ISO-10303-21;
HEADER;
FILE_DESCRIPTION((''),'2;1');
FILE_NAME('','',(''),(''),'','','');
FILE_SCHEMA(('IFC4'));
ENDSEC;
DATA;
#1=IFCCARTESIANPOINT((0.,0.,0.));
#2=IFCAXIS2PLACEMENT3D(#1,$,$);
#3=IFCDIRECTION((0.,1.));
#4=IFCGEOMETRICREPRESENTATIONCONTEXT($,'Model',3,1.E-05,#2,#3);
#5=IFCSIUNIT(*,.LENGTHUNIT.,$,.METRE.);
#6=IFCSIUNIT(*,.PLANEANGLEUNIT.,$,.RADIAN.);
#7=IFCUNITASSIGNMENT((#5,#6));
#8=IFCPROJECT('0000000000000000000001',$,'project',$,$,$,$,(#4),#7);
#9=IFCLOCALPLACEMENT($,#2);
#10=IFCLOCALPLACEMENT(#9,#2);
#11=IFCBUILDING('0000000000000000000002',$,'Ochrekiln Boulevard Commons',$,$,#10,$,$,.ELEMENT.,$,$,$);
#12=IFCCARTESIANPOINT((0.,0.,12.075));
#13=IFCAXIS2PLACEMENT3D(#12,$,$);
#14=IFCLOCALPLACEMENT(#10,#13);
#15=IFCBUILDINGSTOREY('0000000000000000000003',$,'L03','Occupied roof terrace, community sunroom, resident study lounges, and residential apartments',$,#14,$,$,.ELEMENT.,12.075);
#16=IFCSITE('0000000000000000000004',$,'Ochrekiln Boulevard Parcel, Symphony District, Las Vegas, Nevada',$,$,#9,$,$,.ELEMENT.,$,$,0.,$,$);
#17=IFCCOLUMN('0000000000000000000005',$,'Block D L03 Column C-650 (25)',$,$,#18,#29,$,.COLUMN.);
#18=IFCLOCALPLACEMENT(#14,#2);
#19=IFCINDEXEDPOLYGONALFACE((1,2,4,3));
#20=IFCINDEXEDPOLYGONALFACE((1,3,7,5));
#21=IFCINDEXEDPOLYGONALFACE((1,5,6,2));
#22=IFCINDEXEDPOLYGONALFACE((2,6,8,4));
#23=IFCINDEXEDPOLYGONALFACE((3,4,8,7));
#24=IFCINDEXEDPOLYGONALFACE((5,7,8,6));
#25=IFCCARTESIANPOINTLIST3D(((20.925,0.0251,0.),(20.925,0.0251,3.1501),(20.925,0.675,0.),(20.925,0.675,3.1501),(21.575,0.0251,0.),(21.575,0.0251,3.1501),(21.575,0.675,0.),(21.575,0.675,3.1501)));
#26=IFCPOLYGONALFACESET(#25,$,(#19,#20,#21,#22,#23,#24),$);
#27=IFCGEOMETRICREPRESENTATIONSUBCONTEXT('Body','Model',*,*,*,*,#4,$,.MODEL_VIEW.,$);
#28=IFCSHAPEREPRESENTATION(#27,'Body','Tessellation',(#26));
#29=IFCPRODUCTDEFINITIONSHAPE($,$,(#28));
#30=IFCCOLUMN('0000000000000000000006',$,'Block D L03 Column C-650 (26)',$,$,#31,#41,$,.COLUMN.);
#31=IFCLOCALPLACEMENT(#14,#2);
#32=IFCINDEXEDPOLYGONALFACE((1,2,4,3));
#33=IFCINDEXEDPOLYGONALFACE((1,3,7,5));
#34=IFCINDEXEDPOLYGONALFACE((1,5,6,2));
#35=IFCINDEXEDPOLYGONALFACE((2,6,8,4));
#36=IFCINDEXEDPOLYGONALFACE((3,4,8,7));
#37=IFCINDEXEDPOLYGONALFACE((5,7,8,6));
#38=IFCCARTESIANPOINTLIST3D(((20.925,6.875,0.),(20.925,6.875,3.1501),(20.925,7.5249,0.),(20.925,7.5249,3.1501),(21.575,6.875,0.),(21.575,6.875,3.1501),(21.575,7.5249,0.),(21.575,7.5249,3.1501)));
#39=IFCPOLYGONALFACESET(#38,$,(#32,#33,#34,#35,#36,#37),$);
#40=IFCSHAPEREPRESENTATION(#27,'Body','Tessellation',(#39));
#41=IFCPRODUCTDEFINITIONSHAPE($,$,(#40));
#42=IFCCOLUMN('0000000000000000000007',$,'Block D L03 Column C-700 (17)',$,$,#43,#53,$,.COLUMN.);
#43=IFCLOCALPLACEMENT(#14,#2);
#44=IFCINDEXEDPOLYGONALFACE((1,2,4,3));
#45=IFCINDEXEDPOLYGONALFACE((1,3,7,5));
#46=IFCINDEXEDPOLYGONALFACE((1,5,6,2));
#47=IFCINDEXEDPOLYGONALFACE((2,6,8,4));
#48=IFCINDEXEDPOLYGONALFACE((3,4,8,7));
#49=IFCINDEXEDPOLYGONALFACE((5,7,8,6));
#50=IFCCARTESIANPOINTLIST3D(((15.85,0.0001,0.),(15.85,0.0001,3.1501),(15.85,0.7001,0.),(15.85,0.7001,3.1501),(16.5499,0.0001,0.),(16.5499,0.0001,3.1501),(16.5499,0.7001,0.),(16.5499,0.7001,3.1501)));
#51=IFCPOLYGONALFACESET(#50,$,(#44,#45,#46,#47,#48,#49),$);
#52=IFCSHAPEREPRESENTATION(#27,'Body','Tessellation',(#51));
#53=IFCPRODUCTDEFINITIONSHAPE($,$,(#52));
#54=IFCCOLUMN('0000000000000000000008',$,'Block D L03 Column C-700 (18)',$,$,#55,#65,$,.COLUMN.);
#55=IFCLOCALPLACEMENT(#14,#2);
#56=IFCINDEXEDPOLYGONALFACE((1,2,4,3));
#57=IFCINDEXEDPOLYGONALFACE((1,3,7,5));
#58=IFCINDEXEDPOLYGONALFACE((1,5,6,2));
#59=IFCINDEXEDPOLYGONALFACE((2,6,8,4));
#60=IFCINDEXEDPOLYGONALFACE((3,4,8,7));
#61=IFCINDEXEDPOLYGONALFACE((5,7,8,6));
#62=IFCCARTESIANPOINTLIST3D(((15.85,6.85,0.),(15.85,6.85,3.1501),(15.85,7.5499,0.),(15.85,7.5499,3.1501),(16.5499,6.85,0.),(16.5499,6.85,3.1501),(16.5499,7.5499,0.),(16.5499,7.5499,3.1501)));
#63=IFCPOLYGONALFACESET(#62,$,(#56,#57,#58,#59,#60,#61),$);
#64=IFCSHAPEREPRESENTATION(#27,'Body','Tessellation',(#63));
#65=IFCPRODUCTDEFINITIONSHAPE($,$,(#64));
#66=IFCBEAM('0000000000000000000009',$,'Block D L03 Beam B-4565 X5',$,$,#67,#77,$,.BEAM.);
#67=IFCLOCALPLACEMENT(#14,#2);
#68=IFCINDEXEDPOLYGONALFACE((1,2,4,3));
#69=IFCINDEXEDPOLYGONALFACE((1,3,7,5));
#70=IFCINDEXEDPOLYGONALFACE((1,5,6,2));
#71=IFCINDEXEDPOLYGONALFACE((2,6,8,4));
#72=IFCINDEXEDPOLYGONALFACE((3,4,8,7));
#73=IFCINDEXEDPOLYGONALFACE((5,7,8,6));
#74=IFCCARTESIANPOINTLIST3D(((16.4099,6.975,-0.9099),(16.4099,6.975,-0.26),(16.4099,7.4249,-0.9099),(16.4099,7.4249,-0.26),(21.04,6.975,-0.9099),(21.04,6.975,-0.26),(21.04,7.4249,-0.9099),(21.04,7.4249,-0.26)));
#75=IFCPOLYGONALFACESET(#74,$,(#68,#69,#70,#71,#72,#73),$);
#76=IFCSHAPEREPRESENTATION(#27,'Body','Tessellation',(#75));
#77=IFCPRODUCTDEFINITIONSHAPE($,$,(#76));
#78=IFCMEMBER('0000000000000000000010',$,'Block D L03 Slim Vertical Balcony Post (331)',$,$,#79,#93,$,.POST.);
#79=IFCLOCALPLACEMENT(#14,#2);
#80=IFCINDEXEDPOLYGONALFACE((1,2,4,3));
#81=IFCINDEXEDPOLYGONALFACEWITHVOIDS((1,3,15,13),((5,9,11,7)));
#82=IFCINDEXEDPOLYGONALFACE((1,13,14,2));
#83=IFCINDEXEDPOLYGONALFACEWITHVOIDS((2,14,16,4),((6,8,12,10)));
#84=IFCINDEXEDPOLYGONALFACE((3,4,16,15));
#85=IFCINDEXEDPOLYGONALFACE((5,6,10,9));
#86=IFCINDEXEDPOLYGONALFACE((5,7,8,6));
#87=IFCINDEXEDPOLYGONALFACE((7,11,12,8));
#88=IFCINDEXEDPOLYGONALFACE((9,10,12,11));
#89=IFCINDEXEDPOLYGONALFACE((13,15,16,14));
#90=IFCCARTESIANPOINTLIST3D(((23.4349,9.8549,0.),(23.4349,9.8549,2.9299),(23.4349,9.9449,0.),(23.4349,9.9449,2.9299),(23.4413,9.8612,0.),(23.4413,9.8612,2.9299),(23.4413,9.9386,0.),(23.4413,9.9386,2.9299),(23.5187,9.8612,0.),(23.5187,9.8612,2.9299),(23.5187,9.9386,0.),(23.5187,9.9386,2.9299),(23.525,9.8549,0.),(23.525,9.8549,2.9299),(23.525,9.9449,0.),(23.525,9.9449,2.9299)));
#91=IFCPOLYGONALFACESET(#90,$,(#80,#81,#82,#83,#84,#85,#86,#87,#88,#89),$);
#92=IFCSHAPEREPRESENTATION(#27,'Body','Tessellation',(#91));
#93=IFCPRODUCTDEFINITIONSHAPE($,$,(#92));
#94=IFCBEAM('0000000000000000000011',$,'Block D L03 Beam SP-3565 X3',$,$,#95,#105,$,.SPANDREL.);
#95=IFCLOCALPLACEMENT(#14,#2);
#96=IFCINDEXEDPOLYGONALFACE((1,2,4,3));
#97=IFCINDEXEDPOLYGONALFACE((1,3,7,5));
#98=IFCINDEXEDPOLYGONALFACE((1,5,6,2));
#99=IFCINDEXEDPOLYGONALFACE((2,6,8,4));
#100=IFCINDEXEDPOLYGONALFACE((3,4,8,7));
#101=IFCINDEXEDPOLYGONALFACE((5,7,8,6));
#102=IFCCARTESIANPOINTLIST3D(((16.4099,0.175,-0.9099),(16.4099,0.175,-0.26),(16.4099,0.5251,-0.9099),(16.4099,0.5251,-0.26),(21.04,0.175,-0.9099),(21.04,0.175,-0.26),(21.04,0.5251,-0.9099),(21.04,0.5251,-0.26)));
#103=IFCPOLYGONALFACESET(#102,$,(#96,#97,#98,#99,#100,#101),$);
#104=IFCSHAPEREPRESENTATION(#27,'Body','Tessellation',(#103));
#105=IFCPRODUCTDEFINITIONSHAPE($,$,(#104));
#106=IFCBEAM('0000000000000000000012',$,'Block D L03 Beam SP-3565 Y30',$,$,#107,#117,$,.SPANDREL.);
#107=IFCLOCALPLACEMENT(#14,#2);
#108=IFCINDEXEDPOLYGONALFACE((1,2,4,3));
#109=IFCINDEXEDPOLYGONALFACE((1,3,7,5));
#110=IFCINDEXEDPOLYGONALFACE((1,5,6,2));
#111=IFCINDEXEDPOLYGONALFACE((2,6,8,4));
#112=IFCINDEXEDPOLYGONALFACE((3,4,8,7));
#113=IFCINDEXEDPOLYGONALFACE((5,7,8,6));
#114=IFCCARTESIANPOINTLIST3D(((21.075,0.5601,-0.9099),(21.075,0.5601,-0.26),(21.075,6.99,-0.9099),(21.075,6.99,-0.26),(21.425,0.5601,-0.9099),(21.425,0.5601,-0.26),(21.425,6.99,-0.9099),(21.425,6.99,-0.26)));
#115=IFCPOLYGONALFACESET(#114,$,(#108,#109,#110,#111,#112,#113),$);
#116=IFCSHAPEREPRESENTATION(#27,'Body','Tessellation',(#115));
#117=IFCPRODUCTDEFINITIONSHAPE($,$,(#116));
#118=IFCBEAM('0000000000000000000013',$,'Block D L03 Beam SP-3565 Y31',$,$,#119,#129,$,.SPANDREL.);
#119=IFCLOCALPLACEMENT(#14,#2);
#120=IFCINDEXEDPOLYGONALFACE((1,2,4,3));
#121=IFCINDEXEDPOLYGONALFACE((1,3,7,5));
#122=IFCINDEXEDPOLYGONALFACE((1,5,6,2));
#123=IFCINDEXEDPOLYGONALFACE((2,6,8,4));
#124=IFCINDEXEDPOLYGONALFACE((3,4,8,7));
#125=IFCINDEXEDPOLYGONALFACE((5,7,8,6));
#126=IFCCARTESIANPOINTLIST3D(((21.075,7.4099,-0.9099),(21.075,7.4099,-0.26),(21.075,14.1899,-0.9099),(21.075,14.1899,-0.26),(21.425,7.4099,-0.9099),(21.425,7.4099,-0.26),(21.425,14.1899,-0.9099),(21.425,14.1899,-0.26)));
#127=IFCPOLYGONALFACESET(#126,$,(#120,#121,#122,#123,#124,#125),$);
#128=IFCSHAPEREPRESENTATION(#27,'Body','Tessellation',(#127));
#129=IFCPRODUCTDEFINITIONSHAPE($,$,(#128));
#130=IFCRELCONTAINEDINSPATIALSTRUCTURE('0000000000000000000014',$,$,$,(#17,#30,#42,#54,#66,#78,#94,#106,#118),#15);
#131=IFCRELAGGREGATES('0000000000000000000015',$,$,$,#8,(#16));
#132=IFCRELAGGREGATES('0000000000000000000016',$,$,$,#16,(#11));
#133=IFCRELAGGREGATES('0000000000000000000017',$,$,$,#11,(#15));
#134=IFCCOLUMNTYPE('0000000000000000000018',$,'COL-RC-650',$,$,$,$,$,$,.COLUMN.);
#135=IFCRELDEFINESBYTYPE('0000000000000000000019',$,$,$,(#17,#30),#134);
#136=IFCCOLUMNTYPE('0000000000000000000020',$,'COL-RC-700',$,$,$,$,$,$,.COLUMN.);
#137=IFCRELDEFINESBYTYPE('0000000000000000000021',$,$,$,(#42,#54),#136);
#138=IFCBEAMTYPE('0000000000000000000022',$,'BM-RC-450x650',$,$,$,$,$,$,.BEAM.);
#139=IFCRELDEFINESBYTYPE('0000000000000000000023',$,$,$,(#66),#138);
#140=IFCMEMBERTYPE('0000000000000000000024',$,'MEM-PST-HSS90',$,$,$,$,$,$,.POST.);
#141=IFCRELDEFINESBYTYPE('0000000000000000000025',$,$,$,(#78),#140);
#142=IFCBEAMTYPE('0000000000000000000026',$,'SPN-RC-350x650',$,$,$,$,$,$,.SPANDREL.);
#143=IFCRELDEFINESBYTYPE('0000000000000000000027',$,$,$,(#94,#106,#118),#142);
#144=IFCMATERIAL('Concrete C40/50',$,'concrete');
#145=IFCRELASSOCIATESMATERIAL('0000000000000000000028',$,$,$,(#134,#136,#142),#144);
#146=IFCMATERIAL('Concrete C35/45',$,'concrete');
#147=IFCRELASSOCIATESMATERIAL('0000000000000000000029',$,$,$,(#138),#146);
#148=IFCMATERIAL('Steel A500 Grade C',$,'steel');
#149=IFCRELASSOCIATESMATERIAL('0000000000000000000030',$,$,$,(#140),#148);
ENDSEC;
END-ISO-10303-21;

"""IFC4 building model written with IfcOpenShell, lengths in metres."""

from ifc_helpers import new_model, si_unit, direction, frame, origin, origin_2d, place, context, subcontext, project, spatial, rectangle, hollow_rectangle, extrude, material, material_profile, profile_set, type_object, element, save


model = new_model("IFC4")

# Units and contexts
model_context = context("Model", 3, precision=1e-05, world=origin(), true_north=direction((0.0, 1.0)))
body_context = subcontext(model_context, "Body", "Model", "MODEL_VIEW")
ifc_project = project(units=[si_unit("LENGTHUNIT", "METRE"), si_unit("PLANEANGLEUNIT", "RADIAN")], contexts=[model_context])

# Site, building, storey
site_placement = place(None, origin())
site = spatial("IfcSite", under=ifc_project, at=site_placement, Name="Ochrekiln Boulevard Parcel, Symphony District, Las Vegas, Nevada", CompositionType="ELEMENT", RefElevation=0.0)
building_placement = place(site_placement, origin())
building = spatial("IfcBuilding", under=site, at=building_placement, Name="Ochrekiln Boulevard Commons", CompositionType="ELEMENT")
storey_placement = place(building_placement, frame((0.0, 0.0, 12.075)))
storey = spatial("IfcBuildingStorey", under=building, at=storey_placement, Name="L03", Description="Occupied roof terrace, community sunroom, resident study lounges, and residential apartments", CompositionType="ELEMENT", Elevation=12.075)

# Columns
ifc_material_1 = material(Name="Concrete C40/50", Category="concrete")
ifc_material_profile_1 = material_profile(ifc_material_1, rectangle(XDim=0.6499, YDim=0.6499, at=origin_2d()), Name="RC-COL-650x650")
ifc_profile_set_1 = profile_set([ifc_material_profile_1], Name="Concrete C40/50")
column_type_1 = type_object("IfcColumnType", Name="COL-RC-650", PredefinedType="COLUMN", material=ifc_profile_set_1)
for number, where, z_axis, x_axis, name in (
    (1, (21.25, 0.3501, 0.0), (0.0, 0.0, 1.0), (1.0, 0.0, 0.0), "Block D L03 Column C-650 (25)"),
    (2, (21.25, 7.2, 0.0), (0.0, 0.0, 1.0), (1.0, 0.0, 0.0), "Block D L03 Column C-650 (26)"),
):
    element("IfcColumn", number, at=place(storey_placement, frame(where, z_axis=z_axis, x_axis=x_axis)), inside=storey, type_object=column_type_1, Name=name, PredefinedType="COLUMN", context=body_context, shape_type="SweptSolid", body=[
        extrude(rectangle(XDim=0.6499, YDim=0.6499, at=origin_2d()), origin(), (0.0, 0.0, 1.0), 3.1501),
    ])
ifc_material_profile_2 = material_profile(ifc_material_1, rectangle(XDim=0.7, YDim=0.7, at=origin_2d()), Name="RC-COL-700x700")
ifc_profile_set_2 = profile_set([ifc_material_profile_2], Name="Concrete C40/50")
column_type_2 = type_object("IfcColumnType", Name="COL-RC-700", PredefinedType="COLUMN", material=ifc_profile_set_2)
for number, where, z_axis, x_axis, name in (
    (3, (16.2, 0.3501, 0.0), (0.0, 0.0, 1.0), (1.0, 0.0, 0.0), "Block D L03 Column C-700 (17)"),
    (4, (16.2, 7.2, 0.0), (0.0, 0.0, 1.0), (1.0, 0.0, 0.0), "Block D L03 Column C-700 (18)"),
):
    element("IfcColumn", number, at=place(storey_placement, frame(where, z_axis=z_axis, x_axis=x_axis)), inside=storey, type_object=column_type_2, Name=name, PredefinedType="COLUMN", context=body_context, shape_type="SweptSolid", body=[
        extrude(rectangle(XDim=0.7, YDim=0.7, at=origin_2d()), origin(), (0.0, 0.0, 1.0), 3.1501),
    ])

# Beam
ifc_material_2 = material(Name="Concrete C35/45", Category="concrete")
ifc_material_profile_3 = material_profile(ifc_material_2, rectangle(XDim=0.45, YDim=0.6499, at=origin_2d()), Name="RC-BM-450x650")
ifc_profile_set_3 = profile_set([ifc_material_profile_3], Name="Concrete C35/45")
beam_type_1 = type_object("IfcBeamType", Name="BM-RC-450x650", PredefinedType="BEAM", material=ifc_profile_set_3)
beam_1_placement = place(storey_placement, frame((16.4099, 7.2, -0.585), z_axis=(1.0, 0.0, 0.0), x_axis=(0.0, 1.0, 0.0)))
element("IfcBeam", 5, at=beam_1_placement, inside=storey, type_object=beam_type_1, Name="Block D L03 Beam B-4565 X5", PredefinedType="BEAM", context=body_context, shape_type="SweptSolid", body=[
    extrude(rectangle(XDim=0.45, YDim=0.6499, at=origin_2d()), origin(), (0.0, 0.0, 1.0), 4.6301),
])

# Member
ifc_material_3 = material(Name="Steel A500 Grade C", Category="steel")
ifc_material_profile_4 = material_profile(ifc_material_3, hollow_rectangle(XDim=0.0901, YDim=0.0901, WallThickness=0.0063, at=origin_2d()), Name="HSS90X90X6.4")
ifc_profile_set_4 = profile_set([ifc_material_profile_4], Name="Steel A500 Grade C")
member_type = type_object("IfcMemberType", Name="MEM-PST-HSS90", PredefinedType="POST", material=ifc_profile_set_4)
member_placement = place(storey_placement, frame((23.48, 9.8999, 0.0), z_axis=(0.0, 0.0, 1.0), x_axis=(1.0, 0.0, 0.0)))
element("IfcMember", 6, at=member_placement, inside=storey, type_object=member_type, Name="Block D L03 Slim Vertical Balcony Post (331)", PredefinedType="POST", context=body_context, shape_type="SweptSolid", body=[
    extrude(hollow_rectangle(XDim=0.0901, YDim=0.0901, WallThickness=0.0063, at=origin_2d()), origin(), (0.0, 0.0, 1.0), 2.9299),
])

# Beams
ifc_material_profile_5 = material_profile(ifc_material_1, rectangle(XDim=0.3501, YDim=0.6499, at=origin_2d()), Name="RC-SPN-350x650")
ifc_profile_set_5 = profile_set([ifc_material_profile_5], Name="Concrete C40/50")
beam_type_2 = type_object("IfcBeamType", Name="SPN-RC-350x650", PredefinedType="SPANDREL", material=ifc_profile_set_5)
beam_2_placement = place(storey_placement, frame((16.4099, 0.3501, -0.585), z_axis=(1.0, 0.0, 0.0), x_axis=(0.0, 1.0, 0.0)))
element("IfcBeam", 7, at=beam_2_placement, inside=storey, type_object=beam_type_2, Name="Block D L03 Beam SP-3565 X3", PredefinedType="SPANDREL", context=body_context, shape_type="SweptSolid", body=[
    extrude(rectangle(XDim=0.3501, YDim=0.6499, at=origin_2d()), origin(), (0.0, 0.0, 1.0), 4.6301),
])
beam_3_placement = place(storey_placement, frame((21.25, 0.5601, -0.585), z_axis=(0.0, 1.0, 0.0), x_axis=(-1.0, 0.0, 0.0)))
element("IfcBeam", 8, at=beam_3_placement, inside=storey, type_object=beam_type_2, Name="Block D L03 Beam SP-3565 Y30", PredefinedType="SPANDREL", context=body_context, shape_type="SweptSolid", body=[
    extrude(rectangle(XDim=0.3501, YDim=0.6499, at=origin_2d()), origin(), (0.0, 0.0, 1.0), 6.4299),
])
beam_4_placement = place(storey_placement, frame((21.25, 7.4099, -0.585), z_axis=(0.0, 1.0, 0.0), x_axis=(-1.0, 0.0, 0.0)))
element("IfcBeam", 9, at=beam_4_placement, inside=storey, type_object=beam_type_2, Name="Block D L03 Beam SP-3565 Y31", PredefinedType="SPANDREL", context=body_context, shape_type="SweptSolid", body=[
    extrude(rectangle(XDim=0.3501, YDim=0.6499, at=origin_2d()), origin(), (0.0, 0.0, 1.0), 6.78),
])

save(model, "model.ifc")
